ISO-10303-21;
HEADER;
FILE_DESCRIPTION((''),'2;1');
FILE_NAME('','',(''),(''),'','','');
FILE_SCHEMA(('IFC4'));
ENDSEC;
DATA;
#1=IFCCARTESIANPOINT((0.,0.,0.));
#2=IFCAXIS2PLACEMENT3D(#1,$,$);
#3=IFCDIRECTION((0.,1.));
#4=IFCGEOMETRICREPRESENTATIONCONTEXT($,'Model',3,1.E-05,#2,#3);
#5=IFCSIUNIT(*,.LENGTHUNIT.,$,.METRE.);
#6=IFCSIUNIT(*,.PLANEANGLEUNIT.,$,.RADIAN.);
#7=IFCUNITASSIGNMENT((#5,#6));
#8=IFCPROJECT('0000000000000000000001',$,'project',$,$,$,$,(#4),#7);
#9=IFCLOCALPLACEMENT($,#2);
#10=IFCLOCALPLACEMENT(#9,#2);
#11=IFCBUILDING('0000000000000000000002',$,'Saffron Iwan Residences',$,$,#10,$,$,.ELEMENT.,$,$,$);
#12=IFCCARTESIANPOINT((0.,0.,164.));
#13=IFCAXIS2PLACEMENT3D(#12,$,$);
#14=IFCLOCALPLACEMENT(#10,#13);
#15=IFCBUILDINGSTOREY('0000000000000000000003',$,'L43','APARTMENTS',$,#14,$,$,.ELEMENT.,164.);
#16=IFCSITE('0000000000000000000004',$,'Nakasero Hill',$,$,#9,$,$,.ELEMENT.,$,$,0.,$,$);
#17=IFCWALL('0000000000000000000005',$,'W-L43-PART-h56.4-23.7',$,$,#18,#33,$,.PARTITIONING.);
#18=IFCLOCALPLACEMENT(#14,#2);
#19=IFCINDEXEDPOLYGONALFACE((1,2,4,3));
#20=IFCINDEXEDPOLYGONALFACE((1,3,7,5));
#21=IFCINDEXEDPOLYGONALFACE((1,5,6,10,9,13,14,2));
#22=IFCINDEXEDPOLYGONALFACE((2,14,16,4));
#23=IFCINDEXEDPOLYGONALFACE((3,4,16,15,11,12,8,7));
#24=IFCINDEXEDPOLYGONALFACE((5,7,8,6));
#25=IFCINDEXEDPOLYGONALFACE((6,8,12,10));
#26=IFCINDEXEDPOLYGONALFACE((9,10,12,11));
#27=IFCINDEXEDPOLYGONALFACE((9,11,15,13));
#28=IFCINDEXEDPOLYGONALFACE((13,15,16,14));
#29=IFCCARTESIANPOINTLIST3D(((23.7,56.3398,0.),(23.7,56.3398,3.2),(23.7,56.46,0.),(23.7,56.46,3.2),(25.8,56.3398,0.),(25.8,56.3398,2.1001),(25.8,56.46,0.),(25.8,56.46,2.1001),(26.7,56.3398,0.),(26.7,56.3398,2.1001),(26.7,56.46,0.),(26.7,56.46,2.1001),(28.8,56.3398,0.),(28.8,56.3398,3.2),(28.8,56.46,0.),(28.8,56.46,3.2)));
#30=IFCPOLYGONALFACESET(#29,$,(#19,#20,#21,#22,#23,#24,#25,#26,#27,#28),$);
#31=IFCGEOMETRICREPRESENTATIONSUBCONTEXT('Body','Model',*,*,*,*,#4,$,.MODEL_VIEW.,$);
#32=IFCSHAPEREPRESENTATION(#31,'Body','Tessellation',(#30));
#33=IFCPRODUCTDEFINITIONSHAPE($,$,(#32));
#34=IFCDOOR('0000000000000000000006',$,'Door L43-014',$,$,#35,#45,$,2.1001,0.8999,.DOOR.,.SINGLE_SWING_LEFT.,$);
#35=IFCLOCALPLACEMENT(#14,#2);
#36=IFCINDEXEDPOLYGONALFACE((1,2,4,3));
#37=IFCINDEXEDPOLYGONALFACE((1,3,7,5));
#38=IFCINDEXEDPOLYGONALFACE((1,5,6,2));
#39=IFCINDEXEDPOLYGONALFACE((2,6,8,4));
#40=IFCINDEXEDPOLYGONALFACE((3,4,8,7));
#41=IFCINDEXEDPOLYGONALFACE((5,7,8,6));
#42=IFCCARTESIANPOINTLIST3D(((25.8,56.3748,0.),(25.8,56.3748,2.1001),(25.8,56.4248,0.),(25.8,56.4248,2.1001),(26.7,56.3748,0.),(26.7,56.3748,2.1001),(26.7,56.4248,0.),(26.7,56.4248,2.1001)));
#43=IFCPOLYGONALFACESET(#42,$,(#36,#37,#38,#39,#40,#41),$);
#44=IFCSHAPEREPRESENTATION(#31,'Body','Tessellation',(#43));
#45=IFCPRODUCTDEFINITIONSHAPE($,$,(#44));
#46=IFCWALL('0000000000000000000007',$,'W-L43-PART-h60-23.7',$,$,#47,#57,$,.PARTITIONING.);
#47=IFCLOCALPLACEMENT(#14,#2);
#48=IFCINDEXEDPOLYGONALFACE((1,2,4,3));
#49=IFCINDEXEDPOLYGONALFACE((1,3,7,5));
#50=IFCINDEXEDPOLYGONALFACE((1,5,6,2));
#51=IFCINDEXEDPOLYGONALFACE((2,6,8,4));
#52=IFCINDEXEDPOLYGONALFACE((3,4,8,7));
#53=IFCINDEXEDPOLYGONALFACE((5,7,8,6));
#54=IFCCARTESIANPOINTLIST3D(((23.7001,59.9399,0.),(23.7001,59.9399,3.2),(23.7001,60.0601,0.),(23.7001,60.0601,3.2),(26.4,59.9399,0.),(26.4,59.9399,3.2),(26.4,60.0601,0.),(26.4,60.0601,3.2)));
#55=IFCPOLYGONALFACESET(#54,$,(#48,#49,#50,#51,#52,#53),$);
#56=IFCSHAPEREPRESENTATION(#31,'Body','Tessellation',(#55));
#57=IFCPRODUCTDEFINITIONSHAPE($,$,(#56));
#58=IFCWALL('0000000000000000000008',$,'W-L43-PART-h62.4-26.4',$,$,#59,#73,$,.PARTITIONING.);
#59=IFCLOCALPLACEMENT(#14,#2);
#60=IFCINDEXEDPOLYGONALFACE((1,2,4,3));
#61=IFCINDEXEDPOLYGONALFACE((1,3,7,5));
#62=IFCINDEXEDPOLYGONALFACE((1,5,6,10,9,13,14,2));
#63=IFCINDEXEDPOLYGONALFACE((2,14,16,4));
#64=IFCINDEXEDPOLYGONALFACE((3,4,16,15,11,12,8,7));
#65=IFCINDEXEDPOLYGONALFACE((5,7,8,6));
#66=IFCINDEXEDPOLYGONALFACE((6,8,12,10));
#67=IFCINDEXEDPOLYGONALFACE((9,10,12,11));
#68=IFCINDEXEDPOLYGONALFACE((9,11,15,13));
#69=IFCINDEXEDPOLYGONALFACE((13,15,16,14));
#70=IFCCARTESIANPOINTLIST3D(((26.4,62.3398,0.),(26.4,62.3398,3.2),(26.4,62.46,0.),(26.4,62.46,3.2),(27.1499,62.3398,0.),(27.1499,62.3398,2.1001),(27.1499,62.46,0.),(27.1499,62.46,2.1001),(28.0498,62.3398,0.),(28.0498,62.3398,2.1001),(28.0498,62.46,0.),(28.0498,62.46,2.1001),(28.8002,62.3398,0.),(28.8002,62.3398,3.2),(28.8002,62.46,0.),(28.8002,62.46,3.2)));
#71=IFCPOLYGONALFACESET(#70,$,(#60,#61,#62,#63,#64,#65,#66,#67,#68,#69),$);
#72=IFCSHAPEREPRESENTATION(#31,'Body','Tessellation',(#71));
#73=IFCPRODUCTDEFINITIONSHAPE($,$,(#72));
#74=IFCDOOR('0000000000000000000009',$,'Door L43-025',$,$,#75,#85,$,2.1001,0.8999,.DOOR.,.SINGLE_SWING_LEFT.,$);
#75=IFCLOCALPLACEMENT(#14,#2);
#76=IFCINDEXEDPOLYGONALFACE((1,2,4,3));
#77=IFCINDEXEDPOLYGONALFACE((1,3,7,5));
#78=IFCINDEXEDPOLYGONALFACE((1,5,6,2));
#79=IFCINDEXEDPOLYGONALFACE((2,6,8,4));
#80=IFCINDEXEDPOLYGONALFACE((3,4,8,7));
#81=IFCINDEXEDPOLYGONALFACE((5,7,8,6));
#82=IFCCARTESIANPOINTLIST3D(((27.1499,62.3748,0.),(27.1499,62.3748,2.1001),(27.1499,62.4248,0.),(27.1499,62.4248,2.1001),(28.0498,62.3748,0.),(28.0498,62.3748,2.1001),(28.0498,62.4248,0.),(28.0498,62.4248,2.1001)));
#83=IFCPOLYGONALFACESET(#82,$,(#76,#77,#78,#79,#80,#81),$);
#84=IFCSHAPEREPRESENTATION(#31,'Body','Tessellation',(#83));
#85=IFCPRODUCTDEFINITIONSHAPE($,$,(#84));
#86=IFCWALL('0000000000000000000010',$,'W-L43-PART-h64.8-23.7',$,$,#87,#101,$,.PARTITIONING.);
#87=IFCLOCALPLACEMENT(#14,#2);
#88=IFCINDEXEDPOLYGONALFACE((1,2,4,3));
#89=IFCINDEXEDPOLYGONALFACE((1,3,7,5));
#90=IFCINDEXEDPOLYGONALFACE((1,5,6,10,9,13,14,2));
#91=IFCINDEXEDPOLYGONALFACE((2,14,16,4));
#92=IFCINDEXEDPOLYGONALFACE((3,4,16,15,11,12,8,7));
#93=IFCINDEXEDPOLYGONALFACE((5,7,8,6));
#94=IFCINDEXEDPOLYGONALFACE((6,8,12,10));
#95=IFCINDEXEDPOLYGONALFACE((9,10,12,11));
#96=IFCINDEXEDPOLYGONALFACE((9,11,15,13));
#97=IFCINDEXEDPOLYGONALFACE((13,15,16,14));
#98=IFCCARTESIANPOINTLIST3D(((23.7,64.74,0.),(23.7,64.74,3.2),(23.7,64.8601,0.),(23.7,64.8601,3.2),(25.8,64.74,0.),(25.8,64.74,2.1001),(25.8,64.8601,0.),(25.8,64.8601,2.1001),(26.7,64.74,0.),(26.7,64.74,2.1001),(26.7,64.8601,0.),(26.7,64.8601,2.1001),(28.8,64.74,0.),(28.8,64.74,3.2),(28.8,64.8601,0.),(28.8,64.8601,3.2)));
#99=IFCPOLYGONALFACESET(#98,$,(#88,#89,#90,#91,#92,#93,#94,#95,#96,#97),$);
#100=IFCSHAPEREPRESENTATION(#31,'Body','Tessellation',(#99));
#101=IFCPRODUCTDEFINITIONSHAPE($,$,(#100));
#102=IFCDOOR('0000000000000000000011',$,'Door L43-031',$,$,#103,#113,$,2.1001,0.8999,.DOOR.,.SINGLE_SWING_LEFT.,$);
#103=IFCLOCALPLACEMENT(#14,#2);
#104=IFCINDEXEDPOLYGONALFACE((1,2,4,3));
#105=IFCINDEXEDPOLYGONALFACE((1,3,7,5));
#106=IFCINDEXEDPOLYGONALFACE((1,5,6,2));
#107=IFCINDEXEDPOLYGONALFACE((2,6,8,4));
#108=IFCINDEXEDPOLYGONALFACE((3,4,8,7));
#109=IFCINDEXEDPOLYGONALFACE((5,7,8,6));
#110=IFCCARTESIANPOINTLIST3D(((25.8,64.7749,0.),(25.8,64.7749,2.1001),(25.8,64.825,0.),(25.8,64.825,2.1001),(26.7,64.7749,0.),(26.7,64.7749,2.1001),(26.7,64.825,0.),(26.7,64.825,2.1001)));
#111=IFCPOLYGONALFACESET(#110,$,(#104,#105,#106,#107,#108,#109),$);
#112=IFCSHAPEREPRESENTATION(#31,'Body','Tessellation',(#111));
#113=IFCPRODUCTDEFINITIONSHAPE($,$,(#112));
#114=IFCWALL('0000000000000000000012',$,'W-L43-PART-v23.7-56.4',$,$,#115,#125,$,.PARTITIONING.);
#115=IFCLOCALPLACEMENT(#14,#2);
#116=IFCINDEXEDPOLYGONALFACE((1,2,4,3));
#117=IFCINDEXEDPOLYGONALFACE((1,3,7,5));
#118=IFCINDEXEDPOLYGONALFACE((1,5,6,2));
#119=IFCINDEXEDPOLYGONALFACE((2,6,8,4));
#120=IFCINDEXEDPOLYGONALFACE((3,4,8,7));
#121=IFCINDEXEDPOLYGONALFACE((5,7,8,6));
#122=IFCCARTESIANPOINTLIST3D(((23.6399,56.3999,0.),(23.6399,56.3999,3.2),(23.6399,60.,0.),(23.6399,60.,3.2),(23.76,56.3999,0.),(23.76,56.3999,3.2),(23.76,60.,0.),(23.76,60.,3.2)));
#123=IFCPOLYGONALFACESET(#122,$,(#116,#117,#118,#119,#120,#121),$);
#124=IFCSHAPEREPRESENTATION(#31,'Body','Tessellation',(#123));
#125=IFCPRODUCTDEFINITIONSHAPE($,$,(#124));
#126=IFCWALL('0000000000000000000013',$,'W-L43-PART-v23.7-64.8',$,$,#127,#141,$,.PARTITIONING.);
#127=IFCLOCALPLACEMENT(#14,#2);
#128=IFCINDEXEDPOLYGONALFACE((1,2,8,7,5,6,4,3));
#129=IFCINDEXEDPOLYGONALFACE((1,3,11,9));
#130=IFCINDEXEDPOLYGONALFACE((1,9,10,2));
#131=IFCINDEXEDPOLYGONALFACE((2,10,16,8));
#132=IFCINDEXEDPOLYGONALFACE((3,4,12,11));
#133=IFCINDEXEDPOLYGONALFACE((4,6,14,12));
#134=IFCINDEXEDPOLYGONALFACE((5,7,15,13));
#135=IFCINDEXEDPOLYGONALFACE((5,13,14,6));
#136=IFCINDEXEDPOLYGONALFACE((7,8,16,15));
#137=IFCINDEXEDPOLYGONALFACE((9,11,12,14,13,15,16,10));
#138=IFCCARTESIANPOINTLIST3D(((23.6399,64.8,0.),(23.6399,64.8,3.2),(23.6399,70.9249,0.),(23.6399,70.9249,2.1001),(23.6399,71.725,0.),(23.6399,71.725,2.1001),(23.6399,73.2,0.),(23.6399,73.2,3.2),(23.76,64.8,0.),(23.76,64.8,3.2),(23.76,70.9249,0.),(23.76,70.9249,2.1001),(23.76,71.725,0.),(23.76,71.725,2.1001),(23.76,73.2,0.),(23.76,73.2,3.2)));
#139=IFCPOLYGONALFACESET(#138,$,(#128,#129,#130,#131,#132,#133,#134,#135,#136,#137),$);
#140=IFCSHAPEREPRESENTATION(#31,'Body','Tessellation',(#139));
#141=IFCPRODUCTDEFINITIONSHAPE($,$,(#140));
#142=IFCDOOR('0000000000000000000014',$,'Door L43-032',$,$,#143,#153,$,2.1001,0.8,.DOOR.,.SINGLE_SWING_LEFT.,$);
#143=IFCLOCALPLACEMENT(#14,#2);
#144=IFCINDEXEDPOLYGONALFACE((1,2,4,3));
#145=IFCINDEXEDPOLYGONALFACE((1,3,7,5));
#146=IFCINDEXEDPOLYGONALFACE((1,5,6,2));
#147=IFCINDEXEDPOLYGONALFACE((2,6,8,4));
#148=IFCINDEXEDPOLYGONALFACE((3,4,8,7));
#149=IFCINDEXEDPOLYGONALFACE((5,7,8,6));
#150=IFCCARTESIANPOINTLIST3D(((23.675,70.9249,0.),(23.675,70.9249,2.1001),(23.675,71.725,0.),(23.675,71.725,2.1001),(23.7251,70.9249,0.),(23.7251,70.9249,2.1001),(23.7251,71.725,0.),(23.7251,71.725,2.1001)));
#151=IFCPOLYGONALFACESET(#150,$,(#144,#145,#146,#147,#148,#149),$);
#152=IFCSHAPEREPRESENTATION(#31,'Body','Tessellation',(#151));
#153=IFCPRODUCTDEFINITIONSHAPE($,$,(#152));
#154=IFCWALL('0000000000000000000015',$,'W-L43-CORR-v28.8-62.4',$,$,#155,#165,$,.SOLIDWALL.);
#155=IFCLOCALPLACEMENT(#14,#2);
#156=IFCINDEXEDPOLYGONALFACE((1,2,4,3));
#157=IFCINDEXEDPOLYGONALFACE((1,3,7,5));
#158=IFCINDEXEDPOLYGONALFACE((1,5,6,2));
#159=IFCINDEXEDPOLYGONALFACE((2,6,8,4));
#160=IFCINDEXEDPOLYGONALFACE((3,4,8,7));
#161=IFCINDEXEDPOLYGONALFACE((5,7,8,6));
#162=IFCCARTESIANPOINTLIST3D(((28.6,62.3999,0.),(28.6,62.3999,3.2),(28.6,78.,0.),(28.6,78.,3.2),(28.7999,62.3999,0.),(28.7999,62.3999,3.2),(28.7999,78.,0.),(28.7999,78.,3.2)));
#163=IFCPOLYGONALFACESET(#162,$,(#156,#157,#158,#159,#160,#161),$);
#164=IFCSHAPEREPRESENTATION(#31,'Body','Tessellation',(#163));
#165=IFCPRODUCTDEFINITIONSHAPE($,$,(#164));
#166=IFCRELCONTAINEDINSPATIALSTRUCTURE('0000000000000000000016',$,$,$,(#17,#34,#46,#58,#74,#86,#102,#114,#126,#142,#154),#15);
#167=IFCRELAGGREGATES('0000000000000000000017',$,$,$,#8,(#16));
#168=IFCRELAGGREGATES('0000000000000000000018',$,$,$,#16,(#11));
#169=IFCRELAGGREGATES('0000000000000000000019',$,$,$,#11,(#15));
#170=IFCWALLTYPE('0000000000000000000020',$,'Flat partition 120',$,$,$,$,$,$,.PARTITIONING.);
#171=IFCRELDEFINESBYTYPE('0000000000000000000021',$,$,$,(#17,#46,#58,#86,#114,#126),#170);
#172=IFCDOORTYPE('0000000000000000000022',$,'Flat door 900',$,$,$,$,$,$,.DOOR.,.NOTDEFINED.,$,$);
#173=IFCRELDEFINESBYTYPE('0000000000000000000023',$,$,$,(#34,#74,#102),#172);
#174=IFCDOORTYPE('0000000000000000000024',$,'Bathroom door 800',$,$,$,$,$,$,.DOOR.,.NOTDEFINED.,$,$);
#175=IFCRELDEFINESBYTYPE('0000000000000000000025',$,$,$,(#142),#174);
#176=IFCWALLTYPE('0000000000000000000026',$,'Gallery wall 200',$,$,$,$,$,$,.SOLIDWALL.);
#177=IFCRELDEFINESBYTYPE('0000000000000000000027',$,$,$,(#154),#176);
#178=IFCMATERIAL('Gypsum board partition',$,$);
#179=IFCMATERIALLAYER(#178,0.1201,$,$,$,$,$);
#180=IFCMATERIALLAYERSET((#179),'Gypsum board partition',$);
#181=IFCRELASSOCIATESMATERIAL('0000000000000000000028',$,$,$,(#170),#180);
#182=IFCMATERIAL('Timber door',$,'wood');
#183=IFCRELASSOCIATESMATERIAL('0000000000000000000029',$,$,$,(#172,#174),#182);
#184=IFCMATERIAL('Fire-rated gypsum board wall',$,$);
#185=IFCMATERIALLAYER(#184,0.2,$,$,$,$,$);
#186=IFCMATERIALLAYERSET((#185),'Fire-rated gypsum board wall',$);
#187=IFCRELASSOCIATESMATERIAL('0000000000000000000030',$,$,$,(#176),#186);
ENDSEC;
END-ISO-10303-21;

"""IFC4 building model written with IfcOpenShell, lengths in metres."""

from ifc_helpers import new_model, si_unit, direction, frame, frame_2d, origin, place, context, subcontext, project, spatial, rectangle, extrude, material, layer, layer_set, type_object, element, fill, save


model = new_model("IFC4")

# Units and contexts
model_context = context("Model", 3, precision=1e-05, world=origin(), true_north=direction((0.0, 1.0)))
body_context = subcontext(model_context, "Body", "Model", "MODEL_VIEW")
ifc_project = project(units=[si_unit("LENGTHUNIT", "METRE"), si_unit("PLANEANGLEUNIT", "RADIAN")], contexts=[model_context])

# Site, building, storey
site_placement = place(None, origin())
site = spatial("IfcSite", under=ifc_project, at=site_placement, Name="Nakasero Hill", CompositionType="ELEMENT", RefElevation=0.0)
building_placement = place(site_placement, origin())
building = spatial("IfcBuilding", under=site, at=building_placement, Name="Saffron Iwan Residences", CompositionType="ELEMENT")
storey_placement = place(building_placement, frame((0.0, 0.0, 164.0)))
storey = spatial("IfcBuildingStorey", under=building, at=storey_placement, Name="L43", Description="APARTMENTS", CompositionType="ELEMENT", Elevation=164.0)

# Shared definitions
ifc_material_1 = material(Name="Fire-rated gypsum board wall")

# Wall, opening, door
ifc_material_2 = material(Name="Gypsum board partition")
ifc_layer_1 = layer(ifc_material_2, 0.1201)
ifc_layer_set_1 = layer_set([ifc_layer_1], Name="Gypsum board partition")
wall_type_1 = type_object("IfcWallType", Name="Flat partition 120", PredefinedType="PARTITIONING", material=ifc_layer_set_1)
wall_1_placement = place(storey_placement, frame((23.7, 56.3999, 0.0), z_axis=(0.0, 0.0, 1.0), x_axis=(1.0, 0.0, 0.0)))
wall_1 = element("IfcWall", 1, at=wall_1_placement, inside=storey, type_object=wall_type_1, Name="W-L43-PART-h56.4-23.7", PredefinedType="PARTITIONING", context=body_context, shape_type="SweptSolid", body=[
    extrude(rectangle(XDim=5.1001, YDim=0.1201, at=frame_2d((2.55, 0.0))), origin(), (0.0, 0.0, 1.0), 3.2),
])
opening_1_placement = place(wall_1_placement, frame((2.1001, 0.0, 0.0)))
opening_1 = element("IfcOpeningElement", 2, at=opening_1_placement, cuts=wall_1, PredefinedType="OPENING", context=body_context, shape_type="SweptSolid", body=[
    extrude(rectangle(XDim=0.8999, YDim=2.1001, at=frame_2d((0.45, 1.05))), frame((0.0, 0.0701, 0.0), z_axis=(0.0, -1.0, 0.0), x_axis=(1.0, 0.0, 0.0)), (0.0, 0.0, 1.0), 0.1401),
])
ifc_material_3 = material(Name="Timber door", Category="wood")
door_type_1 = type_object("IfcDoorType", Name="Flat door 900", OperationType="NOTDEFINED", PredefinedType="DOOR", material=ifc_material_3)
door_1_placement = place(opening_1_placement, origin())
door_1 = element("IfcDoor", 3, at=door_1_placement, inside=storey, type_object=door_type_1, Name="Door L43-014", OperationType="SINGLE_SWING_LEFT", OverallHeight=2.1001, OverallWidth=0.8999, PredefinedType="DOOR", context=body_context, shape_type="SweptSolid", body=[
    extrude(rectangle(XDim=0.8999, YDim=2.1001, at=frame_2d((0.45, 1.05))), frame((0.0, 0.0249, 0.0), z_axis=(0.0, -1.0, 0.0), x_axis=(1.0, 0.0, 0.0)), (0.0, 0.0, 1.0), 0.05),
])
fill(opening_1, door_1)

# Wall
wall_2_placement = place(storey_placement, frame((23.7, 60.0, 0.0), z_axis=(0.0, 0.0, 1.0), x_axis=(1.0, 0.0, 0.0)))
element("IfcWall", 4, at=wall_2_placement, inside=storey, type_object=wall_type_1, Name="W-L43-PART-h60-23.7", PredefinedType="PARTITIONING", context=body_context, shape_type="SweptSolid", body=[
    extrude(rectangle(XDim=2.7, YDim=0.1201, at=frame_2d((1.3501, 0.0))), origin(), (0.0, 0.0, 1.0), 3.2),
])

# Walls, openings, doors
wall_3_placement = place(storey_placement, frame((26.3999, 62.3999, 0.0), z_axis=(0.0, 0.0, 1.0), x_axis=(1.0, 0.0, 0.0)))
wall_3 = element("IfcWall", 5, at=wall_3_placement, inside=storey, type_object=wall_type_1, Name="W-L43-PART-h62.4-26.4", PredefinedType="PARTITIONING", context=body_context, shape_type="SweptSolid", body=[
    extrude(rectangle(XDim=2.4001, YDim=0.1201, at=frame_2d((1.2002, 0.0))), origin(), (0.0, 0.0, 1.0), 3.2),
])
opening_2_placement = place(wall_3_placement, frame((0.75, 0.0, 0.0)))
opening_2 = element("IfcOpeningElement", 6, at=opening_2_placement, cuts=wall_3, PredefinedType="OPENING", context=body_context, shape_type="SweptSolid", body=[
    extrude(rectangle(XDim=0.8999, YDim=2.1001, at=frame_2d((0.45, 1.05))), frame((0.0, 0.0701, 0.0), z_axis=(0.0, -1.0, 0.0), x_axis=(1.0, 0.0, 0.0)), (0.0, 0.0, 1.0), 0.1401),
])
door_2_placement = place(opening_2_placement, origin())
door_2 = element("IfcDoor", 7, at=door_2_placement, inside=storey, type_object=door_type_1, Name="Door L43-025", OperationType="SINGLE_SWING_LEFT", OverallHeight=2.1001, OverallWidth=0.8999, PredefinedType="DOOR", context=body_context, shape_type="SweptSolid", body=[
    extrude(rectangle(XDim=0.8999, YDim=2.1001, at=frame_2d((0.45, 1.05))), frame((0.0, 0.0249, 0.0), z_axis=(0.0, -1.0, 0.0), x_axis=(1.0, 0.0, 0.0)), (0.0, 0.0, 1.0), 0.05),
])
fill(opening_2, door_2)
wall_4_placement = place(storey_placement, frame((23.7, 64.8, 0.0), z_axis=(0.0, 0.0, 1.0), x_axis=(1.0, 0.0, 0.0)))
wall_4 = element("IfcWall", 8, at=wall_4_placement, inside=storey, type_object=wall_type_1, Name="W-L43-PART-h64.8-23.7", PredefinedType="PARTITIONING", context=body_context, shape_type="SweptSolid", body=[
    extrude(rectangle(XDim=5.1001, YDim=0.1201, at=frame_2d((2.55, 0.0))), origin(), (0.0, 0.0, 1.0), 3.2),
])
opening_3_placement = place(wall_4_placement, frame((2.1001, 0.0, 0.0)))
opening_3 = element("IfcOpeningElement", 9, at=opening_3_placement, cuts=wall_4, PredefinedType="OPENING", context=body_context, shape_type="SweptSolid", body=[
    extrude(rectangle(XDim=0.8999, YDim=2.1001, at=frame_2d((0.45, 1.05))), frame((0.0, 0.0701, 0.0), z_axis=(0.0, -1.0, 0.0), x_axis=(1.0, 0.0, 0.0)), (0.0, 0.0, 1.0), 0.1401),
])
door_3_placement = place(opening_3_placement, origin())
door_3 = element("IfcDoor", 10, at=door_3_placement, inside=storey, type_object=door_type_1, Name="Door L43-031", OperationType="SINGLE_SWING_LEFT", OverallHeight=2.1001, OverallWidth=0.8999, PredefinedType="DOOR", context=body_context, shape_type="SweptSolid", body=[
    extrude(rectangle(XDim=0.8999, YDim=2.1001, at=frame_2d((0.45, 1.05))), frame((0.0, 0.0249, 0.0), z_axis=(0.0, -1.0, 0.0), x_axis=(1.0, 0.0, 0.0)), (0.0, 0.0, 1.0), 0.05),
])
fill(opening_3, door_3)

# Wall
wall_5_placement = place(storey_placement, frame((23.7, 56.3999, 0.0), z_axis=(0.0, 0.0, 1.0), x_axis=(0.0, 1.0, 0.0)))
element("IfcWall", 11, at=wall_5_placement, inside=storey, type_object=wall_type_1, Name="W-L43-PART-v23.7-56.4", PredefinedType="PARTITIONING", context=body_context, shape_type="SweptSolid", body=[
    extrude(rectangle(XDim=3.6001, YDim=0.1201, at=frame_2d((1.8, 0.0))), origin(), (0.0, 0.0, 1.0), 3.2),
])

# Wall, opening, door
wall_6_placement = place(storey_placement, frame((23.7, 64.8, 0.0), z_axis=(0.0, 0.0, 1.0), x_axis=(0.0, 1.0, 0.0)))
wall_6 = element("IfcWall", 12, at=wall_6_placement, inside=storey, type_object=wall_type_1, Name="W-L43-PART-v23.7-64.8", PredefinedType="PARTITIONING", context=body_context, shape_type="SweptSolid", body=[
    extrude(rectangle(XDim=8.3999, YDim=0.1201, at=frame_2d((4.2, 0.0))), origin(), (0.0, 0.0, 1.0), 3.2),
])
opening_4_placement = place(wall_6_placement, frame((6.125, 0.0, 0.0)))
opening_4 = element("IfcOpeningElement", 13, at=opening_4_placement, cuts=wall_6, PredefinedType="OPENING", context=body_context, shape_type="SweptSolid", body=[
    extrude(rectangle(XDim=0.8, YDim=2.1001, at=frame_2d((0.3999, 1.05))), frame((0.0, 0.0701, 0.0), z_axis=(0.0, -1.0, 0.0), x_axis=(1.0, 0.0, 0.0)), (0.0, 0.0, 1.0), 0.1401),
])
door_type_2 = type_object("IfcDoorType", Name="Bathroom door 800", OperationType="NOTDEFINED", PredefinedType="DOOR", material=ifc_material_3)
door_4_placement = place(opening_4_placement, origin())
door_4 = element("IfcDoor", 14, at=door_4_placement, inside=storey, type_object=door_type_2, Name="Door L43-032", OperationType="SINGLE_SWING_LEFT", OverallHeight=2.1001, OverallWidth=0.8, PredefinedType="DOOR", context=body_context, shape_type="SweptSolid", body=[
    extrude(rectangle(XDim=0.8, YDim=2.1001, at=frame_2d((0.3999, 1.05))), frame((0.0, 0.0249, 0.0), z_axis=(0.0, -1.0, 0.0), x_axis=(1.0, 0.0, 0.0)), (0.0, 0.0, 1.0), 0.05),
])
fill(opening_4, door_4)

# Wall
ifc_layer_2 = layer(ifc_material_1, 0.2)
ifc_layer_set_2 = layer_set([ifc_layer_2], Name="Fire-rated gypsum board wall")
wall_type_2 = type_object("IfcWallType", Name="Gallery wall 200", PredefinedType="SOLIDWALL", material=ifc_layer_set_2)
wall_7_placement = place(storey_placement, frame((28.7, 62.3999, 0.0), z_axis=(0.0, 0.0, 1.0), x_axis=(0.0, 1.0, 0.0)))
element("IfcWall", 15, at=wall_7_placement, inside=storey, type_object=wall_type_2, Name="W-L43-CORR-v28.8-62.4", PredefinedType="SOLIDWALL", context=body_context, shape_type="SweptSolid", body=[
    extrude(rectangle(XDim=15.6001, YDim=0.2, at=frame_2d((7.8, 0.0))), origin(), (0.0, 0.0, 1.0), 3.2),
])

save(model, "model.ifc")
